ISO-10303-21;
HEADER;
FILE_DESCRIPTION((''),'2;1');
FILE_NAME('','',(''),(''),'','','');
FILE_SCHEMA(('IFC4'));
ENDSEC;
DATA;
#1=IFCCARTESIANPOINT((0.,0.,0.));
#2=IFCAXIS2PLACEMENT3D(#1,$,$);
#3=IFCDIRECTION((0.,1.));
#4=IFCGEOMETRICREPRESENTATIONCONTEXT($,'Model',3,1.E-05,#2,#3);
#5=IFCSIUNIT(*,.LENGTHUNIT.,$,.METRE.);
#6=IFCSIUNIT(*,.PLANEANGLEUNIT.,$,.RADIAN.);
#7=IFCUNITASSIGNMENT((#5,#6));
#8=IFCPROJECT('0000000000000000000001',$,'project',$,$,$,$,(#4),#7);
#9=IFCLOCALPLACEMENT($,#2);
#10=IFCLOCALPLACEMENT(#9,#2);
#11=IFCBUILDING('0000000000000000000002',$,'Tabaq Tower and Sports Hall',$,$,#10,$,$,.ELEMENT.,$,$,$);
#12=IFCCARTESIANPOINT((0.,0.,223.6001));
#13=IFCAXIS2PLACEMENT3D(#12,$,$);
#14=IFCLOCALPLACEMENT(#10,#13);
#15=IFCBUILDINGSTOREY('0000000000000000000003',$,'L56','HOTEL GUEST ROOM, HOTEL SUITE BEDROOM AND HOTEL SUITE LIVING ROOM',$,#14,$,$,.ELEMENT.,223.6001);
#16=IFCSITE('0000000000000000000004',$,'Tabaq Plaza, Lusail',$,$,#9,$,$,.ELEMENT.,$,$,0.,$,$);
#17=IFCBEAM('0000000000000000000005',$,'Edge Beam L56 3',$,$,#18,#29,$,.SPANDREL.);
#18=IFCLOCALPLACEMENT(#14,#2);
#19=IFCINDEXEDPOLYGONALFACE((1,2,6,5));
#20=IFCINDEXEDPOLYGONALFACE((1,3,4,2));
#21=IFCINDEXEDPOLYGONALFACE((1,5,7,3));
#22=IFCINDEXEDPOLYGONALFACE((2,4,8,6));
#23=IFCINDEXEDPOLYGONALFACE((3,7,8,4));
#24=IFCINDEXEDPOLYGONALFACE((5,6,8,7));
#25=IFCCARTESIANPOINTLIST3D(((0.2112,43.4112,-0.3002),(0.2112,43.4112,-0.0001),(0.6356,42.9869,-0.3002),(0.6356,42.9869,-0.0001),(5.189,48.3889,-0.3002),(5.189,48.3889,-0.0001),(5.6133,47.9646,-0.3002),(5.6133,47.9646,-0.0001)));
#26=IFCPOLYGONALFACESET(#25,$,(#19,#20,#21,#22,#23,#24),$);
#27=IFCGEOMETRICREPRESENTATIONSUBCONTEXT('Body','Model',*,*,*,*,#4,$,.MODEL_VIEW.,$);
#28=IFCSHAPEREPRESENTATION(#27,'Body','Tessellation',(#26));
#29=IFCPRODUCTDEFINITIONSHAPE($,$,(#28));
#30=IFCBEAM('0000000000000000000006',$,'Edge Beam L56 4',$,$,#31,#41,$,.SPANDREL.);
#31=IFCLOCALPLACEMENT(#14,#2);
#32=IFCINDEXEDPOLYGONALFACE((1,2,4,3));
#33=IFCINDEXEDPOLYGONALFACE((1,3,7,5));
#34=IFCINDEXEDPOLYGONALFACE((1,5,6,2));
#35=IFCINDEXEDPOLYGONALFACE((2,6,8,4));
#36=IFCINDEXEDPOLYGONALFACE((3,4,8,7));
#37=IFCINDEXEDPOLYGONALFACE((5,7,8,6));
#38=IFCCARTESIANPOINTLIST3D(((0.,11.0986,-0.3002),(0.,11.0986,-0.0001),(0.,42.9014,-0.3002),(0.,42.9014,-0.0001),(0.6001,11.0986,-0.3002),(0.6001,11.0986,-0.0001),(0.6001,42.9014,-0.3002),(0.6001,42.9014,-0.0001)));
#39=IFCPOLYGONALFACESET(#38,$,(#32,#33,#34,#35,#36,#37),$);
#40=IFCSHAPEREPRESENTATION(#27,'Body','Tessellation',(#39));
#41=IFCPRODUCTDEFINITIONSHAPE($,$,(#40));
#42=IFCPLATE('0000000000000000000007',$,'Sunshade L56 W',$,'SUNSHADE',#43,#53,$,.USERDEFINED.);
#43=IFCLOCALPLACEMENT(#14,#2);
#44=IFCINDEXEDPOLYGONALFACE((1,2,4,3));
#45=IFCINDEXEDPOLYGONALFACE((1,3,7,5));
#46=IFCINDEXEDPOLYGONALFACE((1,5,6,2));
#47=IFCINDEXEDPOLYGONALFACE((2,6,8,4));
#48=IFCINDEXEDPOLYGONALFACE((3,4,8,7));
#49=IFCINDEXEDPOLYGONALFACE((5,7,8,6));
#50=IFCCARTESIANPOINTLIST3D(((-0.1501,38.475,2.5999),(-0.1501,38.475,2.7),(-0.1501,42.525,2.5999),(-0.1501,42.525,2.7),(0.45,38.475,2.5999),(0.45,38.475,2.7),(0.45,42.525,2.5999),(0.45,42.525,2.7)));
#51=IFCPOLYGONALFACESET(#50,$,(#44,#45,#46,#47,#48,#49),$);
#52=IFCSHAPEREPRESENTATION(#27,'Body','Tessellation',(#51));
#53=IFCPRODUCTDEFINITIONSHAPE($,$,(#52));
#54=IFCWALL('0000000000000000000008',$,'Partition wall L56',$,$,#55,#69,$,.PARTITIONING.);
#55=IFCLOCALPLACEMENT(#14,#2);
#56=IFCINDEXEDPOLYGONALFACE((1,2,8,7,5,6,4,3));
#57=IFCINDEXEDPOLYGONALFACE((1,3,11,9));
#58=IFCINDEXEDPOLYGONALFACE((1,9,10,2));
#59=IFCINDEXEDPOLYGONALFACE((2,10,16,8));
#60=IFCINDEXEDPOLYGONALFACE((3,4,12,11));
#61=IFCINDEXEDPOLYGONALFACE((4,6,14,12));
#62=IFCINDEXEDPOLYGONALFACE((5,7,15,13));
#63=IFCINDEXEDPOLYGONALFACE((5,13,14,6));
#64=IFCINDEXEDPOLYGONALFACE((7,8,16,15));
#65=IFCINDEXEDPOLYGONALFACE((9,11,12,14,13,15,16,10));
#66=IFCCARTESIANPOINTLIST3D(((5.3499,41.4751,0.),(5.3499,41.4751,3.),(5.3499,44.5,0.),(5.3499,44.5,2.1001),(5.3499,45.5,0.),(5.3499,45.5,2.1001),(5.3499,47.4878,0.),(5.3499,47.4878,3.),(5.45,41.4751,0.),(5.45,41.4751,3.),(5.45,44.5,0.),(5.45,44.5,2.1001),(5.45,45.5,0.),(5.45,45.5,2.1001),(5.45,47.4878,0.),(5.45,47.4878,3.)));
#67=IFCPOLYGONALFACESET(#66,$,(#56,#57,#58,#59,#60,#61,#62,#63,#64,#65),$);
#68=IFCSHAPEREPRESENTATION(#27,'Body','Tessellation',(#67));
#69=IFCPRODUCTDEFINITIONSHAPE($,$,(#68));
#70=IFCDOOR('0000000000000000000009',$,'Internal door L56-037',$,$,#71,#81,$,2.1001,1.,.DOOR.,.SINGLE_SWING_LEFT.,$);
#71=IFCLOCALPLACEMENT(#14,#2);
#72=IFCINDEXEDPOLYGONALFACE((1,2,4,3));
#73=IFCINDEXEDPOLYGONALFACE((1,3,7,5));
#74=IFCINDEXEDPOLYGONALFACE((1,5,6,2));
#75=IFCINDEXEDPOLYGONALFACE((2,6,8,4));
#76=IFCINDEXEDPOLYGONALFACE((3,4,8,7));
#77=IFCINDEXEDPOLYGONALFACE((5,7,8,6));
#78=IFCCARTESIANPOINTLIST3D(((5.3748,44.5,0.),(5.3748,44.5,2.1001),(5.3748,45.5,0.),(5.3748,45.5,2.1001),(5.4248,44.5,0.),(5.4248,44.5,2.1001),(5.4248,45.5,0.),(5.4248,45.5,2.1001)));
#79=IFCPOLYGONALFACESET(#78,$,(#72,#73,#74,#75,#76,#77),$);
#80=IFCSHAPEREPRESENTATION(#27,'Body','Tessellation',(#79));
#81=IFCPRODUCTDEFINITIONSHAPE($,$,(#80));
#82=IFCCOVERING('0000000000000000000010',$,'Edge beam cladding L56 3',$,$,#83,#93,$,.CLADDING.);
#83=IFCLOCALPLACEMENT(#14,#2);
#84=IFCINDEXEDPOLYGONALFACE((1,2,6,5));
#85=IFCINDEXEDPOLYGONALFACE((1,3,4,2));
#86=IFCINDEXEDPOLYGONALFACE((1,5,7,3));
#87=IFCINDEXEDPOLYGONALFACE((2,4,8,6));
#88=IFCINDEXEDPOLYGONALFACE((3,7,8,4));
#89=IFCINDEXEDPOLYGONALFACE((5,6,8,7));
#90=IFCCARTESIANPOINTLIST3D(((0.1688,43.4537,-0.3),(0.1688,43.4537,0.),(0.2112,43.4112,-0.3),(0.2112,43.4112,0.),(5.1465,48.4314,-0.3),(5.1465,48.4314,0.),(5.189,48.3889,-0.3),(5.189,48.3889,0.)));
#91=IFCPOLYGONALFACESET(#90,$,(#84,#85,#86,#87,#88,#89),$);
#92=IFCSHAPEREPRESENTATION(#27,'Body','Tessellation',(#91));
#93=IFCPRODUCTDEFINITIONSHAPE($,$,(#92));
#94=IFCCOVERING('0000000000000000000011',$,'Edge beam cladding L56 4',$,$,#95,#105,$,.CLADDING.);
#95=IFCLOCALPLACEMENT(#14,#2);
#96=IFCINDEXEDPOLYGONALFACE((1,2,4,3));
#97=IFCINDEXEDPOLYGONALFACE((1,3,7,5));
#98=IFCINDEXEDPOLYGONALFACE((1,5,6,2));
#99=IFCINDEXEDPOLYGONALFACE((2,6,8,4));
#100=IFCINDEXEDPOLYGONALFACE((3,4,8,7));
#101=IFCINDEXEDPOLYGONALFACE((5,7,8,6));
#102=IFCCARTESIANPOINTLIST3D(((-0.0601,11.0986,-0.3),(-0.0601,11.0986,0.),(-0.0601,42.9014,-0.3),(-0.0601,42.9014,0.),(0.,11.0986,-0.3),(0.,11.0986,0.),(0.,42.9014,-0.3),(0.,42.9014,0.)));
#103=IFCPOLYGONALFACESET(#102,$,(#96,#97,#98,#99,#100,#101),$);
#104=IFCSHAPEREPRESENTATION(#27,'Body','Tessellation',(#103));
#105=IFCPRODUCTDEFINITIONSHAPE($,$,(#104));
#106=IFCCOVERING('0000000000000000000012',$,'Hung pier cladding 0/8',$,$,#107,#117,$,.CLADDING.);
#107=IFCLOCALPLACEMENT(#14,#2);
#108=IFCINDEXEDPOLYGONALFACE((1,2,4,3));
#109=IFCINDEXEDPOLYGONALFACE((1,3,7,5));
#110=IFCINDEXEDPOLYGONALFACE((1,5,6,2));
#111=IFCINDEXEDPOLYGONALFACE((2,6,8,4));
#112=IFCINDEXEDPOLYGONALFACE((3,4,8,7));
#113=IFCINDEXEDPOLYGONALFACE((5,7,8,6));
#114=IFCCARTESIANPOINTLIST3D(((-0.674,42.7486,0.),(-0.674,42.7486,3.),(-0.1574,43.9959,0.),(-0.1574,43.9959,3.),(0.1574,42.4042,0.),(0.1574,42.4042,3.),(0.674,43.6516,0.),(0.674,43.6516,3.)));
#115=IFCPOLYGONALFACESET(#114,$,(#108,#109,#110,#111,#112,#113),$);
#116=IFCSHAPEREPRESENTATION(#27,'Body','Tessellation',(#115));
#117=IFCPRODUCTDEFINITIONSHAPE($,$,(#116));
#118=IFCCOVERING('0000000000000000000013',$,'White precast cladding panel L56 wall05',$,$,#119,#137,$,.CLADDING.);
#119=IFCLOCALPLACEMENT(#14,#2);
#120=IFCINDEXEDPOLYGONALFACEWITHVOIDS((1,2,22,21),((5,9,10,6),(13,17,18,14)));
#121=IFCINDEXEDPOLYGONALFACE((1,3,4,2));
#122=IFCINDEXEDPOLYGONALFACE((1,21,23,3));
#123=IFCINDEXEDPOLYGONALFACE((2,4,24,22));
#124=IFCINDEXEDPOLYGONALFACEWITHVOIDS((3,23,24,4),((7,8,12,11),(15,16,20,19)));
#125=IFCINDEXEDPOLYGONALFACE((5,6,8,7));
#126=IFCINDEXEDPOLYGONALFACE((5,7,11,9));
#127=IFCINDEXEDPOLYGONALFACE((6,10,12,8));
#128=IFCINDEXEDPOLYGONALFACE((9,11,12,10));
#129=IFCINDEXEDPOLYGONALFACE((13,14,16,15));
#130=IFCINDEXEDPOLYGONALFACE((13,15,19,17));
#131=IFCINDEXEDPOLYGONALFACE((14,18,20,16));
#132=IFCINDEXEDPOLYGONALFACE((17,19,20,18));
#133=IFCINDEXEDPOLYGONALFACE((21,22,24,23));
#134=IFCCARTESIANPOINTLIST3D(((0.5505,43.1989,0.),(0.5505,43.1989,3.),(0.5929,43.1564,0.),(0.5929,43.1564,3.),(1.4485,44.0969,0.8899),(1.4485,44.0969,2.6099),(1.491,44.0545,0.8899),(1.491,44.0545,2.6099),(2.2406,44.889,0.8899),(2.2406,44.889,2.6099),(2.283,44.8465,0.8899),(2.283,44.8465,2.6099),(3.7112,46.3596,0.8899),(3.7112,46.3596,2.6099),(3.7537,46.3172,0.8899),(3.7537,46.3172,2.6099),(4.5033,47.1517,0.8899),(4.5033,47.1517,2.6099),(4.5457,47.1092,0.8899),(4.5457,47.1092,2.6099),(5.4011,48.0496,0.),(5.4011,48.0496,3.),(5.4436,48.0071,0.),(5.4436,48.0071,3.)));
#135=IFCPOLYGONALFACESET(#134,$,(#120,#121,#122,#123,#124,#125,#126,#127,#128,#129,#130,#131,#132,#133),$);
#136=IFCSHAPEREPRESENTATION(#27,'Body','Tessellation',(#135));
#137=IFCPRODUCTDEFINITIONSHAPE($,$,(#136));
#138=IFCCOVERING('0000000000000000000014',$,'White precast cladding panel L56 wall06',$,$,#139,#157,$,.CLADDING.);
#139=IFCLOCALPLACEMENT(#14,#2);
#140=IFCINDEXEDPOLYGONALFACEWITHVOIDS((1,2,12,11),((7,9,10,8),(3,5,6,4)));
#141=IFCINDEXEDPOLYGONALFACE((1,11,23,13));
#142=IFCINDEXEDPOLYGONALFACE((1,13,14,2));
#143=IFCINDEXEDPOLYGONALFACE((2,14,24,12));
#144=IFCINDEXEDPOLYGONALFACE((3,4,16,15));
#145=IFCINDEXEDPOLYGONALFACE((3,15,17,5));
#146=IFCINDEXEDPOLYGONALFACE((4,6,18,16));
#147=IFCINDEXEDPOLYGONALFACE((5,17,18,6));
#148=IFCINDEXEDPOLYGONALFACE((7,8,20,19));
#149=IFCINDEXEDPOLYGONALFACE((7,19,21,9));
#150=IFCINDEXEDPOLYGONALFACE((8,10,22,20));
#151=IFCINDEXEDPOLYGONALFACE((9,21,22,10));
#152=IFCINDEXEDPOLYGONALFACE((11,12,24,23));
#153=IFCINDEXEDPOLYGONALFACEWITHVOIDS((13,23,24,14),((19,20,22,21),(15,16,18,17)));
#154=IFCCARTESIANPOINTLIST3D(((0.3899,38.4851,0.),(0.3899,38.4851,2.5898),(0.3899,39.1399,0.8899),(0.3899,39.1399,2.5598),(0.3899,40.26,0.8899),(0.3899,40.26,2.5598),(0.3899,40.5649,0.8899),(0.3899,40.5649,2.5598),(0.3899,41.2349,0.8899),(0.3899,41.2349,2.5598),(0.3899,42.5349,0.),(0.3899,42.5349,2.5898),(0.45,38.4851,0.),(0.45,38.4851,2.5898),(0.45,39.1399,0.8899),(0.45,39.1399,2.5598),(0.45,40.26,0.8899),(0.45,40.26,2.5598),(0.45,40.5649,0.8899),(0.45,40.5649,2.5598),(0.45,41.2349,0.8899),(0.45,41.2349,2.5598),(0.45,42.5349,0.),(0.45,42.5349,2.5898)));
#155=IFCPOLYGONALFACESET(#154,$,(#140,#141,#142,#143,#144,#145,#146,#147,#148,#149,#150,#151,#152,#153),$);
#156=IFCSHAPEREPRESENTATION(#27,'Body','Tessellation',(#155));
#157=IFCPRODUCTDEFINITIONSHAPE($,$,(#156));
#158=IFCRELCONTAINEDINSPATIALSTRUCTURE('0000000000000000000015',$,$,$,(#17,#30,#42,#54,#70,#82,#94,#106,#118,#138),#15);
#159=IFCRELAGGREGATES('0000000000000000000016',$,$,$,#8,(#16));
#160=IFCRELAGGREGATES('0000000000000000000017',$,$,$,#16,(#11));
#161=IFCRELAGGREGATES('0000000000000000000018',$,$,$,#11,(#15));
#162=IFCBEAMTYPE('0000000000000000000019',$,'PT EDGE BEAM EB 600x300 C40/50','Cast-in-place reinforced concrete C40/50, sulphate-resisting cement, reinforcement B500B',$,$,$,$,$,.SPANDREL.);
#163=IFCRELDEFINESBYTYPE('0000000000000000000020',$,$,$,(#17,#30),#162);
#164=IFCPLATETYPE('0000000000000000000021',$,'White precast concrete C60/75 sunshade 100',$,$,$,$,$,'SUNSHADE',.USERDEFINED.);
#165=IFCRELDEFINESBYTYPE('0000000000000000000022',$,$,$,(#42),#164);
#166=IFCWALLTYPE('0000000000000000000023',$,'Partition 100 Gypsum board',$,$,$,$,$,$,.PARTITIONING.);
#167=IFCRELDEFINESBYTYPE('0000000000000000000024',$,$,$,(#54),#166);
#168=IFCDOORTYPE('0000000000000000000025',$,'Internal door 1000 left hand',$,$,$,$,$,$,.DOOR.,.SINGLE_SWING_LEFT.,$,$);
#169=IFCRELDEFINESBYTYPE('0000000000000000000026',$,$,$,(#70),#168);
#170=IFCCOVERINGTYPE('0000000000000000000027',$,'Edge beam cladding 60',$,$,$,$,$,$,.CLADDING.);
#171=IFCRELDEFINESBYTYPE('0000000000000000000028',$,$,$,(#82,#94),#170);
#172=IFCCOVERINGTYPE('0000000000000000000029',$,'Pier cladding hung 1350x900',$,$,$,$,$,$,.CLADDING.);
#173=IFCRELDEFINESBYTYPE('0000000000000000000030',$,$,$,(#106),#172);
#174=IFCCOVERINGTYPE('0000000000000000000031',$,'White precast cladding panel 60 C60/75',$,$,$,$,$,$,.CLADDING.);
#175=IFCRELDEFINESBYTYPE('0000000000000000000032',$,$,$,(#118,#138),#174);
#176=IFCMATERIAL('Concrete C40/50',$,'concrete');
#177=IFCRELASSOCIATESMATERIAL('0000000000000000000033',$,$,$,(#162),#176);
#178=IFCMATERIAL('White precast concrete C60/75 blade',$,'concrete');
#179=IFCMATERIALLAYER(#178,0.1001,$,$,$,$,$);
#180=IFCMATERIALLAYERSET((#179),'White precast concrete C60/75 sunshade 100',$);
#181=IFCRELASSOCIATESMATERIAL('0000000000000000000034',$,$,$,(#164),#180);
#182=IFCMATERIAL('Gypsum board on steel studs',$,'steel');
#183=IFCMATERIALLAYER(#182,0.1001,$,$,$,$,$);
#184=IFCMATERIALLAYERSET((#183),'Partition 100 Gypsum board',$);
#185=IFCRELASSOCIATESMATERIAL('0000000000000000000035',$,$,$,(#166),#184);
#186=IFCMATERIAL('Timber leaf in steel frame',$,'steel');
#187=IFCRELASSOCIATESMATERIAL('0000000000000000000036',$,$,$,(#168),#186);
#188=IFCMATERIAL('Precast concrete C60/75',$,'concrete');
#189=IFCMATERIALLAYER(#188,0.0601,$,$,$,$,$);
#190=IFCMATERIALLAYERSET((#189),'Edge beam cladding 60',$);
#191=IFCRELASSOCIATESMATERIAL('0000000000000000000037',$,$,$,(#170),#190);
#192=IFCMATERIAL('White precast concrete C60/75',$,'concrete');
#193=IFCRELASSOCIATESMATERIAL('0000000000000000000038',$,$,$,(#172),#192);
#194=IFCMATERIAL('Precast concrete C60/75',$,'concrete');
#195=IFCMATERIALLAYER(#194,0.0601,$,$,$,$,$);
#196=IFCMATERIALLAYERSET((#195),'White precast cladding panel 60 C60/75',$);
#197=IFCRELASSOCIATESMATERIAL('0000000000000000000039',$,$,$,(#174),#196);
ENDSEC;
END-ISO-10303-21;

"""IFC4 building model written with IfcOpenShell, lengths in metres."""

from ifc_helpers import new_model, si_unit, direction, frame, frame_2d, origin, origin_2d, place, context, subcontext, project, spatial, polyline, rectangle, outline, extrude, material, layer, layer_set, material_profile, profile_set, type_object, element, fill, save


model = new_model("IFC4")

# Units and contexts
model_context = context("Model", 3, precision=1e-05, world=origin(), true_north=direction((0.0, 1.0)))
body_context = subcontext(model_context, "Body", "Model", "MODEL_VIEW")
ifc_project = project(units=[si_unit("LENGTHUNIT", "METRE"), si_unit("PLANEANGLEUNIT", "RADIAN")], contexts=[model_context])

# Site, building, storey
site_placement = place(None, origin())
site = spatial("IfcSite", under=ifc_project, at=site_placement, Name="Tabaq Plaza, Lusail", CompositionType="ELEMENT", RefElevation=0.0)
building_placement = place(site_placement, origin())
building = spatial("IfcBuilding", under=site, at=building_placement, Name="Tabaq Tower and Sports Hall", CompositionType="ELEMENT")
storey_placement = place(building_placement, frame((0.0, 0.0, 223.6001)))
storey = spatial("IfcBuildingStorey", under=building, at=storey_placement, Name="L56", Description="HOTEL GUEST ROOM, HOTEL SUITE BEDROOM AND HOTEL SUITE LIVING ROOM", CompositionType="ELEMENT", Elevation=223.6001)

# Beams
ifc_material_1 = material(Name="Concrete C40/50", Category="concrete")
ifc_material_profile = material_profile(ifc_material_1, rectangle(XDim=0.6001, YDim=0.3, at=origin_2d()), Name="EB 600x300")
ifc_profile_set = profile_set([ifc_material_profile], Name="Concrete C40/50")
beam_type = type_object("IfcBeamType", Name="PT EDGE BEAM EB 600x300 C40/50", Description="Cast-in-place reinforced concrete C40/50, sulphate-resisting cement, reinforcement B500B", PredefinedType="SPANDREL", material=ifc_profile_set)
beam_1_placement = place(storey_placement, frame((5.4011, 48.1768, -0.1501), z_axis=(-0.707107, -0.707107, 0.0), x_axis=(0.707107, -0.707107, 0.0)))
element("IfcBeam", 1, at=beam_1_placement, inside=storey, type_object=beam_type, Name="Edge Beam L56 3", PredefinedType="SPANDREL", context=body_context, shape_type="SweptSolid", body=[
    extrude(rectangle(XDim=0.6001, YDim=0.3, at=origin_2d()), origin(), (0.0, 0.0, 1.0), 7.0396),
])
beam_2_placement = place(storey_placement, frame((0.3, 42.9014, -0.1501), z_axis=(0.0, -1.0, 0.0), x_axis=(1.0, 0.0, 0.0)))
element("IfcBeam", 2, at=beam_2_placement, inside=storey, type_object=beam_type, Name="Edge Beam L56 4", PredefinedType="SPANDREL", context=body_context, shape_type="SweptSolid", body=[
    extrude(rectangle(XDim=0.6001, YDim=0.3, at=origin_2d()), origin(), (0.0, 0.0, 1.0), 31.8027),
])

# Plate
ifc_material_2 = material(Name="White precast concrete C60/75 blade", Category="concrete")
ifc_layer_1 = layer(ifc_material_2, 0.1001)
ifc_layer_set_1 = layer_set([ifc_layer_1], Name="White precast concrete C60/75 sunshade 100")
plate_type = type_object("IfcPlateType", Name="White precast concrete C60/75 sunshade 100", ElementType="SUNSHADE", PredefinedType="USERDEFINED", material=ifc_layer_set_1)
plate_placement = place(storey_placement, frame((0.1499, 40.5, 2.5999), z_axis=(0.0, 0.0, 1.0), x_axis=(0.0, -1.0, 0.0)))
element("IfcPlate", 3, at=plate_placement, inside=storey, type_object=plate_type, Name="Sunshade L56 W", ObjectType="SUNSHADE", PredefinedType="USERDEFINED", context=body_context, shape_type="SweptSolid", body=[
    extrude(rectangle(XDim=4.05, YDim=0.6001, at=origin_2d()), origin(), (0.0, 0.0, 1.0), 0.1001),
])

# Wall, opening, door
ifc_material_3 = material(Name="Gypsum board on steel studs", Category="steel")
ifc_layer_2 = layer(ifc_material_3, 0.1001)
ifc_layer_set_2 = layer_set([ifc_layer_2], Name="Partition 100 Gypsum board")
wall_type_1 = type_object("IfcWallType", Name="Partition 100 Gypsum board", PredefinedType="PARTITIONING", material=ifc_layer_set_2)
wall_1_placement = place(storey_placement, frame((5.3999, 47.4878, 0.0), z_axis=(0.0, 0.0, 1.0), x_axis=(0.0, -1.0, 0.0)))
wall_1 = element("IfcWall", 4, at=wall_1_placement, inside=storey, type_object=wall_type_1, Name="Partition wall L56", PredefinedType="PARTITIONING", context=body_context, shape_type="SweptSolid", body=[
    extrude(rectangle(XDim=6.0127, YDim=0.1001, at=frame_2d((3.0063, 0.0))), origin(), (0.0, 0.0, 1.0), 3.0),
])
opening_1_placement = place(wall_1_placement, frame((1.9878, 0.0, 0.0)))
opening_1 = element("IfcOpeningElement", 5, at=opening_1_placement, cuts=wall_1, PredefinedType="OPENING", context=body_context, shape_type="SweptSolid", body=[
    extrude(rectangle(XDim=1.0, YDim=2.1001, at=frame_2d((0.5, 1.05))), frame((0.0, 0.05, 0.0), z_axis=(0.0, -1.0, 0.0), x_axis=(1.0, 0.0, 0.0)), (0.0, 0.0, 1.0), 0.1001),
])
ifc_material_4 = material(Name="Timber leaf in steel frame", Category="steel")
door_type = type_object("IfcDoorType", Name="Internal door 1000 left hand", OperationType="SINGLE_SWING_LEFT", PredefinedType="DOOR", material=ifc_material_4)
door_placement = place(opening_1_placement, origin())
door = element("IfcDoor", 6, at=door_placement, inside=storey, type_object=door_type, Name="Internal door L56-037", OperationType="SINGLE_SWING_LEFT", OverallHeight=2.1001, OverallWidth=1.0, PredefinedType="DOOR", context=body_context, shape_type="SweptSolid", body=[
    extrude(rectangle(XDim=1.0, YDim=2.1001, at=frame_2d((0.5, 1.05))), frame((0.0, 0.0249, 0.0), z_axis=(0.0, -1.0, 0.0), x_axis=(1.0, 0.0, 0.0)), (0.0, 0.0, 1.0), 0.05),
])
fill(opening_1, door)

# Coverings
ifc_material_5 = material(Name="Precast concrete C60/75", Category="concrete")
ifc_layer_3 = layer(ifc_material_5, 0.0601)
ifc_layer_set_3 = layer_set([ifc_layer_3], Name="Edge beam cladding 60")
covering_type_1 = type_object("IfcCoveringType", Name="Edge beam cladding 60", PredefinedType="CLADDING", material=ifc_layer_set_3)
covering_1_placement = place(storey_placement, frame((5.1677, 48.4102, -0.3), z_axis=(0.0, 0.0, 1.0), x_axis=(-0.707107, -0.707107, 0.0)))
element("IfcCovering", 7, at=covering_1_placement, inside=storey, type_object=covering_type_1, Name="Edge beam cladding L56 3", PredefinedType="CLADDING", context=body_context, shape_type="SweptSolid", body=[
    extrude(rectangle(XDim=7.0396, YDim=0.0601, at=frame_2d((3.5198, 0.0))), origin(), (0.0, 0.0, 1.0), 0.3),
])
covering_2_placement = place(storey_placement, frame((-0.03, 42.9014, -0.3), z_axis=(0.0, 0.0, 1.0), x_axis=(0.0, -1.0, 0.0)))
element("IfcCovering", 8, at=covering_2_placement, inside=storey, type_object=covering_type_1, Name="Edge beam cladding L56 4", PredefinedType="CLADDING", context=body_context, shape_type="SweptSolid", body=[
    extrude(rectangle(XDim=31.8027, YDim=0.0601, at=frame_2d((15.9014, 0.0))), origin(), (0.0, 0.0, 1.0), 0.3),
])
ifc_material_6 = material(Name="White precast concrete C60/75", Category="concrete")
covering_type_2 = type_object("IfcCoveringType", Name="Pier cladding hung 1350x900", PredefinedType="CLADDING", material=ifc_material_6)
covering_3_placement = place(storey_placement, frame((0.2583, 43.8237, 0.0), z_axis=(0.0, 0.0, 1.0), x_axis=(-0.38265, -0.923893, 0.0)))
element("IfcCovering", 9, at=covering_3_placement, inside=storey, type_object=covering_type_2, Name="Hung pier cladding 0/8", PredefinedType="CLADDING", context=body_context, shape_type="SweptSolid", body=[
    extrude(rectangle(XDim=1.3501, YDim=0.8999, at=frame_2d((0.675, 0.0))), origin(), (0.0, 0.0, 1.0), 3.0),
])
ifc_material_7 = material(Name="Precast concrete C60/75", Category="concrete")
ifc_layer_4 = layer(ifc_material_7, 0.0601)
ifc_layer_set_4 = layer_set([ifc_layer_4], Name="White precast cladding panel 60 C60/75")
covering_type_3 = type_object("IfcCoveringType", Name="White precast cladding panel 60 C60/75", PredefinedType="CLADDING", material=ifc_layer_set_4)
covering_4_placement = place(storey_placement, frame((5.4224, 48.0283, 0.0), z_axis=(0.0, 0.0, 1.0), x_axis=(-0.707107, -0.707107, 0.0)))
element("IfcCovering", 10, at=covering_4_placement, inside=storey, type_object=covering_type_3, Name="White precast cladding panel L56 wall05", PredefinedType="CLADDING", context=body_context, shape_type="SweptSolid", body=[
    extrude(outline(polyline([(0.0, 0.0), (6.8599, 0.0), (6.8599, 3.0), (0.0, 3.0), (0.0, 0.0)]), holes=[polyline([(1.2698, 2.6099), (2.3899, 2.6099), (2.3899, 0.8899), (1.2698, 0.8899), (1.2698, 2.6099)]), polyline([(4.4697, 2.6099), (5.5898, 2.6099), (5.5898, 0.8899), (4.4697, 0.8899), (4.4697, 2.6099)])]), frame((0.0, 0.03, 0.0), z_axis=(0.0, -1.0, 0.0), x_axis=(1.0, 0.0, 0.0)), (0.0, 0.0, 1.0), 0.0601),
])
covering_5_placement = place(storey_placement, frame((0.4199, 42.5349, 0.0), z_axis=(0.0, 0.0, 1.0), x_axis=(0.0, -1.0, 0.0)))
element("IfcCovering", 11, at=covering_5_placement, inside=storey, type_object=covering_type_3, Name="White precast cladding panel L56 wall06", PredefinedType="CLADDING", context=body_context, shape_type="SweptSolid", body=[
    extrude(outline(polyline([(0.0, 0.0), (4.0498, 0.0), (4.0498, 2.5898), (0.0, 2.5898), (0.0, 0.0)]), holes=[polyline([(1.3, 0.8899), (1.3, 2.5598), (1.97, 2.5598), (1.97, 0.8899), (1.3, 0.8899)]), polyline([(2.2749, 0.8899), (2.2749, 2.5598), (3.395, 2.5598), (3.395, 0.8899), (2.2749, 0.8899)])]), frame((0.0, 0.03, 0.0), z_axis=(0.0, -1.0, 0.0), x_axis=(1.0, 0.0, 0.0)), (0.0, 0.0, 1.0), 0.0601),
])

save(model, "model.ifc")
